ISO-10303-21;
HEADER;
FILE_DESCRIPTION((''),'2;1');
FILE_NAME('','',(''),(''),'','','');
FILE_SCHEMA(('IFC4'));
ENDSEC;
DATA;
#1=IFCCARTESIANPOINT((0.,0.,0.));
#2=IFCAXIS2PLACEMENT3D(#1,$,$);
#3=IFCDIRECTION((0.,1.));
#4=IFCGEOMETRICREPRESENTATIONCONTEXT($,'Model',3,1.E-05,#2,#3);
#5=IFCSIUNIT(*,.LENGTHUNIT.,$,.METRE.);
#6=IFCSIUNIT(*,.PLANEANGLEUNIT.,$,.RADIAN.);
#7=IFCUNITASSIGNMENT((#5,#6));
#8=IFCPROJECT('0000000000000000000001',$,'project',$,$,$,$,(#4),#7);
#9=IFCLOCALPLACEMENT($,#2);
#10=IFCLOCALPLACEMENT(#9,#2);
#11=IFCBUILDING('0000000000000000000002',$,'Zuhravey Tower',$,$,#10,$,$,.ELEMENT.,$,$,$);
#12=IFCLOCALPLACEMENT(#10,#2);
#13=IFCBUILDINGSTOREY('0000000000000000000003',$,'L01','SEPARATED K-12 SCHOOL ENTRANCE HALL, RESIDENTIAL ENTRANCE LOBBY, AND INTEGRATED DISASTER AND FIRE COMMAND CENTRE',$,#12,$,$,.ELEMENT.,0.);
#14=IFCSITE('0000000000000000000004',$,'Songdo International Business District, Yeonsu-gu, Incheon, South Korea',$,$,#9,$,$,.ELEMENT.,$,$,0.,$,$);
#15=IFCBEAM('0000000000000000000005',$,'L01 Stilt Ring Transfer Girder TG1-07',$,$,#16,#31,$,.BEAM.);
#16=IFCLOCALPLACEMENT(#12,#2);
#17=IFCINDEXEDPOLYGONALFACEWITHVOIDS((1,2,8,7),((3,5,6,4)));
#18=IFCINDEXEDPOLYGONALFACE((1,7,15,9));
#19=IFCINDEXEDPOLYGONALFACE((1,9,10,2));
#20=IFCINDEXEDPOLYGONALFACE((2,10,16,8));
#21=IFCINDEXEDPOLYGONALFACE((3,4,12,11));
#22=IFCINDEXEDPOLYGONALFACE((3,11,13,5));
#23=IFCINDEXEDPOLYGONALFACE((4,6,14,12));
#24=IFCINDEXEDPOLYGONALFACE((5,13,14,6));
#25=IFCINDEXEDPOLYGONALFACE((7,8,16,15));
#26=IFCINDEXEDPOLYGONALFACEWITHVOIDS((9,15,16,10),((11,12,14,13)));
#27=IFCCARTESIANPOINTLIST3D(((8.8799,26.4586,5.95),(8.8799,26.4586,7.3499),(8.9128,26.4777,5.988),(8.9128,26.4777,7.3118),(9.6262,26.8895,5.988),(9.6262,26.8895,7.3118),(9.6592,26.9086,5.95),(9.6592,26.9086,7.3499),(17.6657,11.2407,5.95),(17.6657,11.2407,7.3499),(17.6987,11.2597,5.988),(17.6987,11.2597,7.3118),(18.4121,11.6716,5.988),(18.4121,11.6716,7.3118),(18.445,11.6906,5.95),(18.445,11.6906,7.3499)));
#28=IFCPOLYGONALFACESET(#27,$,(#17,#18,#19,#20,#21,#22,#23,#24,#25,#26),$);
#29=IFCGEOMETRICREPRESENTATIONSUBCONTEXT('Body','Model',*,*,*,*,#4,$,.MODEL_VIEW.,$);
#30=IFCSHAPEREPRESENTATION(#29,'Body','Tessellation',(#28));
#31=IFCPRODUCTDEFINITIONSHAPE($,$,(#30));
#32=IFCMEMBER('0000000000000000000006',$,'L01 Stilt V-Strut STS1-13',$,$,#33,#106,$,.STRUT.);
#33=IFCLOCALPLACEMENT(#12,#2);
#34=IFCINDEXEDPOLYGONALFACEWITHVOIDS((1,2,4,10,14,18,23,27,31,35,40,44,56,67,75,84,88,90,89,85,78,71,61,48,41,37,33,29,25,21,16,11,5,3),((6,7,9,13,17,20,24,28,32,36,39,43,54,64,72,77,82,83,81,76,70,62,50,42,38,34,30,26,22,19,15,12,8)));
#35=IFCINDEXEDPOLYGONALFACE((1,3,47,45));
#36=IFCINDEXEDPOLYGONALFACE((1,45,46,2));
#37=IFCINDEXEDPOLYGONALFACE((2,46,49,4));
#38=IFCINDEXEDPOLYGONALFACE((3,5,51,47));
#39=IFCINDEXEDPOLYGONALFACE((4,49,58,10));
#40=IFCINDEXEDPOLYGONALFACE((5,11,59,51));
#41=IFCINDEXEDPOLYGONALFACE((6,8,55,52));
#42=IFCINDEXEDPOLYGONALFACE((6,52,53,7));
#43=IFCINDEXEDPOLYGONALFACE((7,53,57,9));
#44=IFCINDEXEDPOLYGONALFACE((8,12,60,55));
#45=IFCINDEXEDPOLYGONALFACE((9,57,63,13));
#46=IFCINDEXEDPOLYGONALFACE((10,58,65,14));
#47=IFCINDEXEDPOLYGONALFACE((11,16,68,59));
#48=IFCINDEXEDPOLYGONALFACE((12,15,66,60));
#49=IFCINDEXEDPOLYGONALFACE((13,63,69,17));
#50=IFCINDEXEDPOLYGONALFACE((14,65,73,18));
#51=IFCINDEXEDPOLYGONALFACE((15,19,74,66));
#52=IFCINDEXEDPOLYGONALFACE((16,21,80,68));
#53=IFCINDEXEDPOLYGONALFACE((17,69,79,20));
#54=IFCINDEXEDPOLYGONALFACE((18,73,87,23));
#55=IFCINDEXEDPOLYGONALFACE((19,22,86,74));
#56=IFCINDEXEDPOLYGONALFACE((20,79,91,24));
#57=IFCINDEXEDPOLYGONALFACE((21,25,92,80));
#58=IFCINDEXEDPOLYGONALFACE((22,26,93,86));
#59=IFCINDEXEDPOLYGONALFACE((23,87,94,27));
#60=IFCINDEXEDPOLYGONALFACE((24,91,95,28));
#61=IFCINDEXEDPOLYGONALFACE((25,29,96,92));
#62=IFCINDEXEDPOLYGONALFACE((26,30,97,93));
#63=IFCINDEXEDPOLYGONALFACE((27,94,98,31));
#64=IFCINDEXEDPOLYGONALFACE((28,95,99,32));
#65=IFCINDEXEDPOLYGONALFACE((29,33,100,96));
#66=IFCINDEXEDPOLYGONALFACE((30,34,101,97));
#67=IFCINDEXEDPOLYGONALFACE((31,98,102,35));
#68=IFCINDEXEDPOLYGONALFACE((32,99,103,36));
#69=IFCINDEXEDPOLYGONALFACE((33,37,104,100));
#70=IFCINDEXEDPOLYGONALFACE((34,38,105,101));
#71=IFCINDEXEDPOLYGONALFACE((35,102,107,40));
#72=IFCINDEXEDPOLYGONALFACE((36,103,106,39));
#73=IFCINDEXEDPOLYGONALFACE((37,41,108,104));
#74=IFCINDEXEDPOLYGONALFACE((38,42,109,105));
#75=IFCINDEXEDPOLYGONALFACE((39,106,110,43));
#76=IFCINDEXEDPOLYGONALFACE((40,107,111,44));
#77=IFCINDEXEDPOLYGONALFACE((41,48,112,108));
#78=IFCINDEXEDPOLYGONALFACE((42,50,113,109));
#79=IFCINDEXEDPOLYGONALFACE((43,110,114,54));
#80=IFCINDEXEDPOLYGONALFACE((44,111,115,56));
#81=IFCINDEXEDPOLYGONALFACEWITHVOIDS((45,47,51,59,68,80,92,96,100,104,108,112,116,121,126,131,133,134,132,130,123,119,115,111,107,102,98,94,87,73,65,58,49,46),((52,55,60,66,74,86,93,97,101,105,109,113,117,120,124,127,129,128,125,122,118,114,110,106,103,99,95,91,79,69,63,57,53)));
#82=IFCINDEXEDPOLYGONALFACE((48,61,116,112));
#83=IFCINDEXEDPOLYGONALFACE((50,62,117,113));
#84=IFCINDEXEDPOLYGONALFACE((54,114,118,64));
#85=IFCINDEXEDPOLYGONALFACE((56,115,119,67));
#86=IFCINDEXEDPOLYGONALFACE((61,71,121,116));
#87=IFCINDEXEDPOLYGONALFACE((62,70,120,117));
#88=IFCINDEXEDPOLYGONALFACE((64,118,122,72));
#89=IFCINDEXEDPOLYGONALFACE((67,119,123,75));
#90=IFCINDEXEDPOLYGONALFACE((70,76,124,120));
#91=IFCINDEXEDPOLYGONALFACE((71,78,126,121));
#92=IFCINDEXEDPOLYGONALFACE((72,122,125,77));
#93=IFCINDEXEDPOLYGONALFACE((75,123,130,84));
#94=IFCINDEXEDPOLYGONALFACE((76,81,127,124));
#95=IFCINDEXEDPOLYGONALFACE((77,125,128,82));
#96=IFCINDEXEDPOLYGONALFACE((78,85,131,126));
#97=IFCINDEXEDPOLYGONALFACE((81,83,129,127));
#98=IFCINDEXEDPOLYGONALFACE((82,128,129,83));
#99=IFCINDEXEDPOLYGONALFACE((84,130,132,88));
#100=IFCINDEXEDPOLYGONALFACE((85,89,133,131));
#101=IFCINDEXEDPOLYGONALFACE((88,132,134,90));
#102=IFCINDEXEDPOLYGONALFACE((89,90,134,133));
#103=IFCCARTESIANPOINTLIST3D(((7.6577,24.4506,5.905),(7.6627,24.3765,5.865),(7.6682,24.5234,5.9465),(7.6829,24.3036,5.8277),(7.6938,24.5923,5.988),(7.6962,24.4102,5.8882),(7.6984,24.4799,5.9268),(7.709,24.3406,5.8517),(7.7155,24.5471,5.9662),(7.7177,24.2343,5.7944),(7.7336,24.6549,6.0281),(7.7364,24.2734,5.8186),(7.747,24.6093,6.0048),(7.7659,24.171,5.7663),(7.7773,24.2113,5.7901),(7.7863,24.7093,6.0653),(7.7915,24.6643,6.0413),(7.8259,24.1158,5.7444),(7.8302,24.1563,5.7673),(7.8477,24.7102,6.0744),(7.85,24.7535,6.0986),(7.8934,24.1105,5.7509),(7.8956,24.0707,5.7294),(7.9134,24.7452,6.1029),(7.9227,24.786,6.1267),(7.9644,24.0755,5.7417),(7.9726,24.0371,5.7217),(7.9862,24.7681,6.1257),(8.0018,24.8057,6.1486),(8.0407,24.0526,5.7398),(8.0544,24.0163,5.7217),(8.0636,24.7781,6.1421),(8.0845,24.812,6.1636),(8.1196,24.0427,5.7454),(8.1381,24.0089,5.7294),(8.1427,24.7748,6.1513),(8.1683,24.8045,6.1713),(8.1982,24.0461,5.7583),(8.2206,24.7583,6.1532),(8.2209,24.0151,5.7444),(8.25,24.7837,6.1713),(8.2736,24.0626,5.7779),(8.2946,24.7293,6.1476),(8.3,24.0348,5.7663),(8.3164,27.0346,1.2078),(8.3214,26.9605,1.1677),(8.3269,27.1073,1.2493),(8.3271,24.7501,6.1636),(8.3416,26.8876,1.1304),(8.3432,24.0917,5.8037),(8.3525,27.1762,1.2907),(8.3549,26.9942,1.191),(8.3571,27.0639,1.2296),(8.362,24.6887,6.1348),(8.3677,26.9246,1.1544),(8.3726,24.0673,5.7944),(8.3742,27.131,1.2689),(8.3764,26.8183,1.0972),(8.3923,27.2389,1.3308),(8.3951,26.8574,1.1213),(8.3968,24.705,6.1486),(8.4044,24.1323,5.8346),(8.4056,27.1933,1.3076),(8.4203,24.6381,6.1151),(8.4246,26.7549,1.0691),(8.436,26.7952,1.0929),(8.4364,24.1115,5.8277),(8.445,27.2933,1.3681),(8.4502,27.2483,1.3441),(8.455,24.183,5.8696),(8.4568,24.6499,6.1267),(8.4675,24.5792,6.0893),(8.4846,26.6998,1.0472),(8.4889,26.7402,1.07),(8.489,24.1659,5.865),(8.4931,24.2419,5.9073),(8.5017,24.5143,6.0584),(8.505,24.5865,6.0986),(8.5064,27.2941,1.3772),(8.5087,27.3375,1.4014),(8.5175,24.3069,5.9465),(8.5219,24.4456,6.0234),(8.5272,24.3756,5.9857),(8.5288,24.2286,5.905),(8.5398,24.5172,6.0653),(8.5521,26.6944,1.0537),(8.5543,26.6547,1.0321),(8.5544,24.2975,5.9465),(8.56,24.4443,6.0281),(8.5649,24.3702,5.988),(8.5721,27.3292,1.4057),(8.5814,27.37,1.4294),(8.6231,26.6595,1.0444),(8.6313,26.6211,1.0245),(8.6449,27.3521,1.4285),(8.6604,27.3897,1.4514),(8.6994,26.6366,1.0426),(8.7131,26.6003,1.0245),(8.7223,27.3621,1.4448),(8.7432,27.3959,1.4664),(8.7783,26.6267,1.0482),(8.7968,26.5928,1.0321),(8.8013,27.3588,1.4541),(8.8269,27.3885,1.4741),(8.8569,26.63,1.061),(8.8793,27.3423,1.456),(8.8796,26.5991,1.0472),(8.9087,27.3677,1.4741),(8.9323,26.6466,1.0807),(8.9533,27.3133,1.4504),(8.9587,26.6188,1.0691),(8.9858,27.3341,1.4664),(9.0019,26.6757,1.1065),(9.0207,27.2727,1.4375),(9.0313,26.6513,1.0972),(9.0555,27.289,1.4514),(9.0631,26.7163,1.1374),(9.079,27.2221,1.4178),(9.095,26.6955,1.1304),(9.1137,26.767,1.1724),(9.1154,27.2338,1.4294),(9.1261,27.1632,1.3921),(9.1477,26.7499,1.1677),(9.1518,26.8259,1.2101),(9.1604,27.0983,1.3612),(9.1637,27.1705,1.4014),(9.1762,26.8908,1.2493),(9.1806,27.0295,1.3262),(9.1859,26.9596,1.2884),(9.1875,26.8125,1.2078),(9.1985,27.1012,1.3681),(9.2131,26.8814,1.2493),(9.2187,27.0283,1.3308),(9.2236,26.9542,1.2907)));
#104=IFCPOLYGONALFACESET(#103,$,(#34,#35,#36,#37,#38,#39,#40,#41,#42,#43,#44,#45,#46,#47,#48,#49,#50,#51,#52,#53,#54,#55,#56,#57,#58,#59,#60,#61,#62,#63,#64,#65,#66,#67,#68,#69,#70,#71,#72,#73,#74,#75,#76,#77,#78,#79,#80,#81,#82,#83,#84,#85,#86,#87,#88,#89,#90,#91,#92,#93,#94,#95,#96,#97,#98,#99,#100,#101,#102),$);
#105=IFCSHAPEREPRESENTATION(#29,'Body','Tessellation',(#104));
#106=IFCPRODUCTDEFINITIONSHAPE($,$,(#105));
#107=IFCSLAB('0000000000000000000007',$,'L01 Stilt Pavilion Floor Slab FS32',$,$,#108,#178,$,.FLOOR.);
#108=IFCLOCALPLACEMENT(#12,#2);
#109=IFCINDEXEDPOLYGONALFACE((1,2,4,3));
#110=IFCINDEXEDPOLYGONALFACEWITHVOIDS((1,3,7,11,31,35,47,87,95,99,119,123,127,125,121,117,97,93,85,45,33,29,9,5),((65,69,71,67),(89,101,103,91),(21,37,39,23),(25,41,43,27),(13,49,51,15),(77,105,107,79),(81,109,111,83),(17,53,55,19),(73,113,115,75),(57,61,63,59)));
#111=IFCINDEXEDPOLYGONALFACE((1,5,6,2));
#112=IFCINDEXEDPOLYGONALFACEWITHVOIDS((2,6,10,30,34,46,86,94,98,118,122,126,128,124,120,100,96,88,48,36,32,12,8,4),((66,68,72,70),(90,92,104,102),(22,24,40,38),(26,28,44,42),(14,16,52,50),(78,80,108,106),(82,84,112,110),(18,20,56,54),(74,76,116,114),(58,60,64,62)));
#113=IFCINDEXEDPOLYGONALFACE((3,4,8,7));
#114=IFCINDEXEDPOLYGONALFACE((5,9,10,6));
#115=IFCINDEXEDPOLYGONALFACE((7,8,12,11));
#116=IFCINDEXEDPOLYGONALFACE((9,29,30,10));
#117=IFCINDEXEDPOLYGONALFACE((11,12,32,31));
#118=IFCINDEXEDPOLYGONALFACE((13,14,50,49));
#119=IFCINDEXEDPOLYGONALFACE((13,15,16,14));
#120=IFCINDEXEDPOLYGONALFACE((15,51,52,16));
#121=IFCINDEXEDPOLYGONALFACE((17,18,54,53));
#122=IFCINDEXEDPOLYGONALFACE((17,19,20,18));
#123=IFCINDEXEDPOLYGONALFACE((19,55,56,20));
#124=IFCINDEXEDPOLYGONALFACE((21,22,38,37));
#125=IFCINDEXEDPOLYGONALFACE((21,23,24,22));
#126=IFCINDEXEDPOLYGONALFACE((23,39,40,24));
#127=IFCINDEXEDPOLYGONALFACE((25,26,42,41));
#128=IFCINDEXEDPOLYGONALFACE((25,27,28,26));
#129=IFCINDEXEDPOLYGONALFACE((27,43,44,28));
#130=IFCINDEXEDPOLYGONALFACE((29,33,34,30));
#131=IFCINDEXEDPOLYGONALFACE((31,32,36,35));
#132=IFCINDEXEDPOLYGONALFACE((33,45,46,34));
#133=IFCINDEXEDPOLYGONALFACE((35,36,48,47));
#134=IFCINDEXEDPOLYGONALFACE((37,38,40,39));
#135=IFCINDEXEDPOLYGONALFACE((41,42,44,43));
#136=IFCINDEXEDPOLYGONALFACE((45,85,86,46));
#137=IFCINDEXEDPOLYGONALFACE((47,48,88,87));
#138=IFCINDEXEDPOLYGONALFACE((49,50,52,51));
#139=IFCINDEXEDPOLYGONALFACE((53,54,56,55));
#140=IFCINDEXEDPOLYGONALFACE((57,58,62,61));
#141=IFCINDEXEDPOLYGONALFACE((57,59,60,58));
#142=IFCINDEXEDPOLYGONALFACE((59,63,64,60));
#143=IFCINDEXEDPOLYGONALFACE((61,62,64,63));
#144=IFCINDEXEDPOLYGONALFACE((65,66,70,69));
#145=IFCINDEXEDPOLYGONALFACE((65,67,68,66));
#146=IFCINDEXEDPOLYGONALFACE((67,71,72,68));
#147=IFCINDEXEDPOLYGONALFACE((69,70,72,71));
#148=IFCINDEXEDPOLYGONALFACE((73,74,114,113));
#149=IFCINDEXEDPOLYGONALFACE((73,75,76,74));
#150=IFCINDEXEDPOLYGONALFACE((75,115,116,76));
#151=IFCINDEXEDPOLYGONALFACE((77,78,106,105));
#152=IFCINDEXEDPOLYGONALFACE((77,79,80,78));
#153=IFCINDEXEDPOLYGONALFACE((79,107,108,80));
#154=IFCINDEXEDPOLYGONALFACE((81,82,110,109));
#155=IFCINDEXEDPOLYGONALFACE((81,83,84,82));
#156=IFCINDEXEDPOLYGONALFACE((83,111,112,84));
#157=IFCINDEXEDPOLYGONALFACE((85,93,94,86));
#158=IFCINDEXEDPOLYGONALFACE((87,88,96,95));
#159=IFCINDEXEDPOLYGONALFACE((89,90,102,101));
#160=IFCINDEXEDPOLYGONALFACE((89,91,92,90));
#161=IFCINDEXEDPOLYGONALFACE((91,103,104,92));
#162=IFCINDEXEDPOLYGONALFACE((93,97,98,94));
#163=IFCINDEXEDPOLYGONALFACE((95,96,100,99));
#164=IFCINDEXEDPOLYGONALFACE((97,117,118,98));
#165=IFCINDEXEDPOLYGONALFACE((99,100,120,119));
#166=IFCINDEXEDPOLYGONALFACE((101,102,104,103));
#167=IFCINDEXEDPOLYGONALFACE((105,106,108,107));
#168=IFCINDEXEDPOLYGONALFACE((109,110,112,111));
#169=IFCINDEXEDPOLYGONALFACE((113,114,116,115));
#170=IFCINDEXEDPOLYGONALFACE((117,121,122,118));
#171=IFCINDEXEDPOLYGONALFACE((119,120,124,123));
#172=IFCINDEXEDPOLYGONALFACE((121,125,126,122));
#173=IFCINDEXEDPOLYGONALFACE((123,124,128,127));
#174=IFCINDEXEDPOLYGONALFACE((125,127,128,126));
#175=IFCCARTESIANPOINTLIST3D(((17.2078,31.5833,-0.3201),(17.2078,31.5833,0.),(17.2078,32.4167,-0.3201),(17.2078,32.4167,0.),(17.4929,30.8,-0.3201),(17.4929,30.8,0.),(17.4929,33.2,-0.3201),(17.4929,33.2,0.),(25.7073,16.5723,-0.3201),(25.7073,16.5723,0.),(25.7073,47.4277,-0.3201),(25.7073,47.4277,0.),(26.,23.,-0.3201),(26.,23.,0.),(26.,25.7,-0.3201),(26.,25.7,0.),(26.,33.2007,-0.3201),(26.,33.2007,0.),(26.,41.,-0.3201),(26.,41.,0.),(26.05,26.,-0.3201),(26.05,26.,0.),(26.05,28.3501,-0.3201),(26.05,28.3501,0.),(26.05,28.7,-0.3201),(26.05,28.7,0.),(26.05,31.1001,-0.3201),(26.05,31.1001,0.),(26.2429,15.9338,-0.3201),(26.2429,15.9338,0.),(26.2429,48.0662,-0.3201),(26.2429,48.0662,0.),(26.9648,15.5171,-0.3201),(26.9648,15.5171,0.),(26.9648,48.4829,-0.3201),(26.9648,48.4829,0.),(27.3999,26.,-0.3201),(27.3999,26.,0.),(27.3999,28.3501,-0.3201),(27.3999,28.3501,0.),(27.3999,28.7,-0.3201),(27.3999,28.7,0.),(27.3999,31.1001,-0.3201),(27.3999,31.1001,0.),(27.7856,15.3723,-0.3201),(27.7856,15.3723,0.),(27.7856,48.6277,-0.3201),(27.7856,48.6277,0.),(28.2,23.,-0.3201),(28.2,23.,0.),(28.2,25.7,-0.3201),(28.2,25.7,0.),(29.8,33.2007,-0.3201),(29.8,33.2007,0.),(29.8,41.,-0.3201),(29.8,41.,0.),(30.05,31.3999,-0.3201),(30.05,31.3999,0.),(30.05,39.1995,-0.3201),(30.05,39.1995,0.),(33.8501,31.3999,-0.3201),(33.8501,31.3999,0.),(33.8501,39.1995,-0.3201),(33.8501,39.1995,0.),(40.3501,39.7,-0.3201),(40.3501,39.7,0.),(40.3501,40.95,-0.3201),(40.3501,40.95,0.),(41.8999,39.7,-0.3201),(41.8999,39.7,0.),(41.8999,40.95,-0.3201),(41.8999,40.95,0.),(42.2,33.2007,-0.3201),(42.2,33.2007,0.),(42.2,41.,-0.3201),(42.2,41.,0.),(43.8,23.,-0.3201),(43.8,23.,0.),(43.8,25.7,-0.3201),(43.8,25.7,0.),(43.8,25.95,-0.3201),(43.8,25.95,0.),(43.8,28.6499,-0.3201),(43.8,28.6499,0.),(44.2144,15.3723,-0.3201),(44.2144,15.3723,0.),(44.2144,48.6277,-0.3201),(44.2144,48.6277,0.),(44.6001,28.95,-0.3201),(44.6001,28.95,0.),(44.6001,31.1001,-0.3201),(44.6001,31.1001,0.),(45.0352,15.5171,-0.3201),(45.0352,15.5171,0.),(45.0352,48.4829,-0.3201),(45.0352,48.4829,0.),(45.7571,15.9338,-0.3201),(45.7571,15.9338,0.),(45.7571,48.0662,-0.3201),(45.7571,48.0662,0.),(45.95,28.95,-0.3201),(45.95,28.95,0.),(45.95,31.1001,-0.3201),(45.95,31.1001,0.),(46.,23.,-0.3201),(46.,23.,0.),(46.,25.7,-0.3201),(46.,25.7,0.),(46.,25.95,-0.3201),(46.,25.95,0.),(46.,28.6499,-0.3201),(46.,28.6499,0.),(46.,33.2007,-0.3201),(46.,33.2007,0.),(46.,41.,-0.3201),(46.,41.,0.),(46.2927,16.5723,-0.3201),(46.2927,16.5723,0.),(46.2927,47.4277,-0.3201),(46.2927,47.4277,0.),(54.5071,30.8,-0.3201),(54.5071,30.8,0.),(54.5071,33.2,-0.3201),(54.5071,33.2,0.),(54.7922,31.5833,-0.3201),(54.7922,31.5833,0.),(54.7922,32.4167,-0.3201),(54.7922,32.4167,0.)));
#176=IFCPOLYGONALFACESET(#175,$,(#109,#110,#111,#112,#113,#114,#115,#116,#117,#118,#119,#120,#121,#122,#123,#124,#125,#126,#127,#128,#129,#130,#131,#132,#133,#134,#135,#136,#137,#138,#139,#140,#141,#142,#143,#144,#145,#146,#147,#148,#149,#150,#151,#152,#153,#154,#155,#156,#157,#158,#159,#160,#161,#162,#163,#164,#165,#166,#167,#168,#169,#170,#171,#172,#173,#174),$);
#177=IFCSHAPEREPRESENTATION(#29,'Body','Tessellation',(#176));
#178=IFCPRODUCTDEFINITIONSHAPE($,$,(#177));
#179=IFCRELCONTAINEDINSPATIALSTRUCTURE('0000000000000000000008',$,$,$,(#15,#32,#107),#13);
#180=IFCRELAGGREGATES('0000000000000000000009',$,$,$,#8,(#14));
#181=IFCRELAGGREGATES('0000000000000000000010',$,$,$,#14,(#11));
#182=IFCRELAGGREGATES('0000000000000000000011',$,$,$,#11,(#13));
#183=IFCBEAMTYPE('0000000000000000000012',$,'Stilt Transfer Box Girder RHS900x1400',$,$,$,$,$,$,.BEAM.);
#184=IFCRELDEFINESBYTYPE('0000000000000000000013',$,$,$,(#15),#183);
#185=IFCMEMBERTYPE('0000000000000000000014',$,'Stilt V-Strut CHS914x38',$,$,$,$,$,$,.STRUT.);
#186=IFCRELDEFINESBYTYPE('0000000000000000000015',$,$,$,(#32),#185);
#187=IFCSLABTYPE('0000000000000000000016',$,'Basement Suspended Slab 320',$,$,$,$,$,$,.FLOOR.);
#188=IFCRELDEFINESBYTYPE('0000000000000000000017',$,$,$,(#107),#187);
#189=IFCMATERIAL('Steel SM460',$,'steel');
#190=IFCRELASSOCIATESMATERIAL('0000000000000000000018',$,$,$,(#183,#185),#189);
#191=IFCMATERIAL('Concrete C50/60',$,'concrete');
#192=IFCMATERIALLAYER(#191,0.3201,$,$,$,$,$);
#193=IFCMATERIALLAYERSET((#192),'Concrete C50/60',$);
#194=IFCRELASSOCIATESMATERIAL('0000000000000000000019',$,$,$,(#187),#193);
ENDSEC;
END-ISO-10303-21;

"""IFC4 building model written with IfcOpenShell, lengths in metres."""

from ifc_helpers import new_model, si_unit, direction, frame, origin, origin_2d, place, context, subcontext, project, spatial, polyline, hollow_rectangle, hollow_circle, outline, extrude, material, layer, layer_set, material_profile, profile_set, type_object, element, save


model = new_model("IFC4")

# Units and contexts
model_context = context("Model", 3, precision=1e-05, world=origin(), true_north=direction((0.0, 1.0)))
body_context = subcontext(model_context, "Body", "Model", "MODEL_VIEW")
ifc_project = project(units=[si_unit("LENGTHUNIT", "METRE"), si_unit("PLANEANGLEUNIT", "RADIAN")], contexts=[model_context])

# Site, building, storey
site_placement = place(None, origin())
site = spatial("IfcSite", under=ifc_project, at=site_placement, Name="Songdo International Business District, Yeonsu-gu, Incheon, South Korea", CompositionType="ELEMENT", RefElevation=0.0)
building_placement = place(site_placement, origin())
building = spatial("IfcBuilding", under=site, at=building_placement, Name="Zuhravey Tower", CompositionType="ELEMENT")
storey_placement = place(building_placement, origin())
storey = spatial("IfcBuildingStorey", under=building, at=storey_placement, Name="L01", Description="SEPARATED K-12 SCHOOL ENTRANCE HALL, RESIDENTIAL ENTRANCE LOBBY, AND INTEGRATED DISASTER AND FIRE COMMAND CENTRE", CompositionType="ELEMENT", Elevation=0.0)

# Beam
ifc_material_1 = material(Name="Steel SM460", Category="steel")
ifc_material_profile_1 = material_profile(ifc_material_1, hollow_rectangle(XDim=0.8999, YDim=1.3999, WallThickness=0.0381, at=origin_2d()), Name="RHS-900x1400x38")
ifc_profile_set_1 = profile_set([ifc_material_profile_1], Name="Steel SM460")
beam_type = type_object("IfcBeamType", Name="Stilt Transfer Box Girder RHS900x1400", PredefinedType="BEAM", material=ifc_profile_set_1)
beam_placement = place(storey_placement, frame((9.2695, 26.6836, 6.6499), z_axis=(0.49999, -0.866031, 0.0), x_axis=(0.866031, 0.49999, 0.0)))
element("IfcBeam", 1, at=beam_placement, inside=storey, type_object=beam_type, Name="L01 Stilt Ring Transfer Girder TG1-07", PredefinedType="BEAM", context=body_context, shape_type="SweptSolid", body=[
    extrude(hollow_rectangle(XDim=0.8999, YDim=1.3999, WallThickness=0.0381, at=origin_2d()), origin(), (0.0, 0.0, 1.0), 17.572),
])

# Member
ifc_material_profile_2 = material_profile(ifc_material_1, hollow_circle(Radius=0.4573, WallThickness=0.0381, at=origin_2d()), Name="CHS-914.4x38")
ifc_profile_set_2 = profile_set([ifc_material_profile_2], Name="Steel SM460")
member_type = type_object("IfcMemberType", Name="Stilt V-Strut CHS914x38", PredefinedType="STRUT", material=ifc_profile_set_2)
member_placement = place(storey_placement, frame((8.77, 26.9944, 1.2493), z_axis=(-0.121948, -0.478391, 0.869638), x_axis=(0.969012, -0.247014, 0.0)))
element("IfcMember", 2, at=member_placement, inside=storey, type_object=member_type, Name="L01 Stilt V-Strut STS1-13", PredefinedType="STRUT", context=body_context, shape_type="SweptSolid", body=[
    extrude(hollow_circle(Radius=0.4573, WallThickness=0.0381, at=origin_2d()), origin(), (0.0, 0.0, 1.0), 5.4014),
])

# Slab
ifc_material_2 = material(Name="Concrete C50/60", Category="concrete")
ifc_layer_1 = layer(ifc_material_2, 0.3201)
ifc_layer_set_1 = layer_set([ifc_layer_1], Name="Concrete C50/60")
slab_type_1 = type_object("IfcSlabType", Name="Basement Suspended Slab 320", PredefinedType="FLOOR", material=ifc_layer_set_1)
slab_1_placement = place(storey_placement, frame((0.0, 0.0, -0.3201)))
element("IfcSlab", 3, at=slab_1_placement, inside=storey, type_object=slab_type_1, Name="L01 Stilt Pavilion Floor Slab FS32", PredefinedType="FLOOR", context=body_context, shape_type="SweptSolid", body=[
    extrude(outline(polyline([(54.5071, 30.8), (54.7922, 31.5833), (54.7922, 32.4167), (54.5071, 33.2), (46.2927, 47.4277), (45.7571, 48.0662), (45.0352, 48.4829), (44.2144, 48.6277), (27.7856, 48.6277), (26.9648, 48.4829), (26.2429, 48.0662), (25.7073, 47.4277), (17.4929, 33.2), (17.2078, 32.4167), (17.2078, 31.5833), (17.4929, 30.8), (25.7073, 16.5723), (26.2429, 15.9338), (26.9648, 15.5171), (27.7856, 15.3723), (44.2144, 15.3723), (45.0352, 15.5171), (45.7571, 15.9338), (46.2927, 16.5723), (54.5071, 30.8)]), holes=[polyline([(29.8, 33.2007), (29.8, 41.0), (26.0, 41.0), (26.0, 33.2007), (29.8, 33.2007)]), polyline([(46.0, 33.2007), (46.0, 41.0), (42.2, 41.0), (42.2, 33.2007), (46.0, 33.2007)]), polyline([(30.05, 39.1995), (30.05, 31.3999), (33.8501, 31.3999), (33.8501, 39.1995), (30.05, 39.1995)]), polyline([(26.0, 23.0), (28.2, 23.0), (28.2, 25.7), (26.0, 25.7), (26.0, 23.0)]), polyline([(43.8, 23.0), (46.0, 23.0), (46.0, 25.7), (43.8, 25.7), (43.8, 23.0)]), polyline([(43.8, 25.95), (46.0, 25.95), (46.0, 28.6499), (43.8, 28.6499), (43.8, 25.95)]), polyline([(26.05, 26.0), (27.3999, 26.0), (27.3999, 28.3501), (26.05, 28.3501), (26.05, 26.0)]), polyline([(26.05, 28.7), (27.3999, 28.7), (27.3999, 31.1001), (26.05, 31.1001), (26.05, 28.7)]), polyline([(44.6001, 28.95), (45.95, 28.95), (45.95, 31.1001), (44.6001, 31.1001), (44.6001, 28.95)]), polyline([(40.3501, 39.7), (41.8999, 39.7), (41.8999, 40.95), (40.3501, 40.95), (40.3501, 39.7)])]), origin(), (0.0, 0.0, 1.0), 0.3201),
])

save(model, "model.ifc")
